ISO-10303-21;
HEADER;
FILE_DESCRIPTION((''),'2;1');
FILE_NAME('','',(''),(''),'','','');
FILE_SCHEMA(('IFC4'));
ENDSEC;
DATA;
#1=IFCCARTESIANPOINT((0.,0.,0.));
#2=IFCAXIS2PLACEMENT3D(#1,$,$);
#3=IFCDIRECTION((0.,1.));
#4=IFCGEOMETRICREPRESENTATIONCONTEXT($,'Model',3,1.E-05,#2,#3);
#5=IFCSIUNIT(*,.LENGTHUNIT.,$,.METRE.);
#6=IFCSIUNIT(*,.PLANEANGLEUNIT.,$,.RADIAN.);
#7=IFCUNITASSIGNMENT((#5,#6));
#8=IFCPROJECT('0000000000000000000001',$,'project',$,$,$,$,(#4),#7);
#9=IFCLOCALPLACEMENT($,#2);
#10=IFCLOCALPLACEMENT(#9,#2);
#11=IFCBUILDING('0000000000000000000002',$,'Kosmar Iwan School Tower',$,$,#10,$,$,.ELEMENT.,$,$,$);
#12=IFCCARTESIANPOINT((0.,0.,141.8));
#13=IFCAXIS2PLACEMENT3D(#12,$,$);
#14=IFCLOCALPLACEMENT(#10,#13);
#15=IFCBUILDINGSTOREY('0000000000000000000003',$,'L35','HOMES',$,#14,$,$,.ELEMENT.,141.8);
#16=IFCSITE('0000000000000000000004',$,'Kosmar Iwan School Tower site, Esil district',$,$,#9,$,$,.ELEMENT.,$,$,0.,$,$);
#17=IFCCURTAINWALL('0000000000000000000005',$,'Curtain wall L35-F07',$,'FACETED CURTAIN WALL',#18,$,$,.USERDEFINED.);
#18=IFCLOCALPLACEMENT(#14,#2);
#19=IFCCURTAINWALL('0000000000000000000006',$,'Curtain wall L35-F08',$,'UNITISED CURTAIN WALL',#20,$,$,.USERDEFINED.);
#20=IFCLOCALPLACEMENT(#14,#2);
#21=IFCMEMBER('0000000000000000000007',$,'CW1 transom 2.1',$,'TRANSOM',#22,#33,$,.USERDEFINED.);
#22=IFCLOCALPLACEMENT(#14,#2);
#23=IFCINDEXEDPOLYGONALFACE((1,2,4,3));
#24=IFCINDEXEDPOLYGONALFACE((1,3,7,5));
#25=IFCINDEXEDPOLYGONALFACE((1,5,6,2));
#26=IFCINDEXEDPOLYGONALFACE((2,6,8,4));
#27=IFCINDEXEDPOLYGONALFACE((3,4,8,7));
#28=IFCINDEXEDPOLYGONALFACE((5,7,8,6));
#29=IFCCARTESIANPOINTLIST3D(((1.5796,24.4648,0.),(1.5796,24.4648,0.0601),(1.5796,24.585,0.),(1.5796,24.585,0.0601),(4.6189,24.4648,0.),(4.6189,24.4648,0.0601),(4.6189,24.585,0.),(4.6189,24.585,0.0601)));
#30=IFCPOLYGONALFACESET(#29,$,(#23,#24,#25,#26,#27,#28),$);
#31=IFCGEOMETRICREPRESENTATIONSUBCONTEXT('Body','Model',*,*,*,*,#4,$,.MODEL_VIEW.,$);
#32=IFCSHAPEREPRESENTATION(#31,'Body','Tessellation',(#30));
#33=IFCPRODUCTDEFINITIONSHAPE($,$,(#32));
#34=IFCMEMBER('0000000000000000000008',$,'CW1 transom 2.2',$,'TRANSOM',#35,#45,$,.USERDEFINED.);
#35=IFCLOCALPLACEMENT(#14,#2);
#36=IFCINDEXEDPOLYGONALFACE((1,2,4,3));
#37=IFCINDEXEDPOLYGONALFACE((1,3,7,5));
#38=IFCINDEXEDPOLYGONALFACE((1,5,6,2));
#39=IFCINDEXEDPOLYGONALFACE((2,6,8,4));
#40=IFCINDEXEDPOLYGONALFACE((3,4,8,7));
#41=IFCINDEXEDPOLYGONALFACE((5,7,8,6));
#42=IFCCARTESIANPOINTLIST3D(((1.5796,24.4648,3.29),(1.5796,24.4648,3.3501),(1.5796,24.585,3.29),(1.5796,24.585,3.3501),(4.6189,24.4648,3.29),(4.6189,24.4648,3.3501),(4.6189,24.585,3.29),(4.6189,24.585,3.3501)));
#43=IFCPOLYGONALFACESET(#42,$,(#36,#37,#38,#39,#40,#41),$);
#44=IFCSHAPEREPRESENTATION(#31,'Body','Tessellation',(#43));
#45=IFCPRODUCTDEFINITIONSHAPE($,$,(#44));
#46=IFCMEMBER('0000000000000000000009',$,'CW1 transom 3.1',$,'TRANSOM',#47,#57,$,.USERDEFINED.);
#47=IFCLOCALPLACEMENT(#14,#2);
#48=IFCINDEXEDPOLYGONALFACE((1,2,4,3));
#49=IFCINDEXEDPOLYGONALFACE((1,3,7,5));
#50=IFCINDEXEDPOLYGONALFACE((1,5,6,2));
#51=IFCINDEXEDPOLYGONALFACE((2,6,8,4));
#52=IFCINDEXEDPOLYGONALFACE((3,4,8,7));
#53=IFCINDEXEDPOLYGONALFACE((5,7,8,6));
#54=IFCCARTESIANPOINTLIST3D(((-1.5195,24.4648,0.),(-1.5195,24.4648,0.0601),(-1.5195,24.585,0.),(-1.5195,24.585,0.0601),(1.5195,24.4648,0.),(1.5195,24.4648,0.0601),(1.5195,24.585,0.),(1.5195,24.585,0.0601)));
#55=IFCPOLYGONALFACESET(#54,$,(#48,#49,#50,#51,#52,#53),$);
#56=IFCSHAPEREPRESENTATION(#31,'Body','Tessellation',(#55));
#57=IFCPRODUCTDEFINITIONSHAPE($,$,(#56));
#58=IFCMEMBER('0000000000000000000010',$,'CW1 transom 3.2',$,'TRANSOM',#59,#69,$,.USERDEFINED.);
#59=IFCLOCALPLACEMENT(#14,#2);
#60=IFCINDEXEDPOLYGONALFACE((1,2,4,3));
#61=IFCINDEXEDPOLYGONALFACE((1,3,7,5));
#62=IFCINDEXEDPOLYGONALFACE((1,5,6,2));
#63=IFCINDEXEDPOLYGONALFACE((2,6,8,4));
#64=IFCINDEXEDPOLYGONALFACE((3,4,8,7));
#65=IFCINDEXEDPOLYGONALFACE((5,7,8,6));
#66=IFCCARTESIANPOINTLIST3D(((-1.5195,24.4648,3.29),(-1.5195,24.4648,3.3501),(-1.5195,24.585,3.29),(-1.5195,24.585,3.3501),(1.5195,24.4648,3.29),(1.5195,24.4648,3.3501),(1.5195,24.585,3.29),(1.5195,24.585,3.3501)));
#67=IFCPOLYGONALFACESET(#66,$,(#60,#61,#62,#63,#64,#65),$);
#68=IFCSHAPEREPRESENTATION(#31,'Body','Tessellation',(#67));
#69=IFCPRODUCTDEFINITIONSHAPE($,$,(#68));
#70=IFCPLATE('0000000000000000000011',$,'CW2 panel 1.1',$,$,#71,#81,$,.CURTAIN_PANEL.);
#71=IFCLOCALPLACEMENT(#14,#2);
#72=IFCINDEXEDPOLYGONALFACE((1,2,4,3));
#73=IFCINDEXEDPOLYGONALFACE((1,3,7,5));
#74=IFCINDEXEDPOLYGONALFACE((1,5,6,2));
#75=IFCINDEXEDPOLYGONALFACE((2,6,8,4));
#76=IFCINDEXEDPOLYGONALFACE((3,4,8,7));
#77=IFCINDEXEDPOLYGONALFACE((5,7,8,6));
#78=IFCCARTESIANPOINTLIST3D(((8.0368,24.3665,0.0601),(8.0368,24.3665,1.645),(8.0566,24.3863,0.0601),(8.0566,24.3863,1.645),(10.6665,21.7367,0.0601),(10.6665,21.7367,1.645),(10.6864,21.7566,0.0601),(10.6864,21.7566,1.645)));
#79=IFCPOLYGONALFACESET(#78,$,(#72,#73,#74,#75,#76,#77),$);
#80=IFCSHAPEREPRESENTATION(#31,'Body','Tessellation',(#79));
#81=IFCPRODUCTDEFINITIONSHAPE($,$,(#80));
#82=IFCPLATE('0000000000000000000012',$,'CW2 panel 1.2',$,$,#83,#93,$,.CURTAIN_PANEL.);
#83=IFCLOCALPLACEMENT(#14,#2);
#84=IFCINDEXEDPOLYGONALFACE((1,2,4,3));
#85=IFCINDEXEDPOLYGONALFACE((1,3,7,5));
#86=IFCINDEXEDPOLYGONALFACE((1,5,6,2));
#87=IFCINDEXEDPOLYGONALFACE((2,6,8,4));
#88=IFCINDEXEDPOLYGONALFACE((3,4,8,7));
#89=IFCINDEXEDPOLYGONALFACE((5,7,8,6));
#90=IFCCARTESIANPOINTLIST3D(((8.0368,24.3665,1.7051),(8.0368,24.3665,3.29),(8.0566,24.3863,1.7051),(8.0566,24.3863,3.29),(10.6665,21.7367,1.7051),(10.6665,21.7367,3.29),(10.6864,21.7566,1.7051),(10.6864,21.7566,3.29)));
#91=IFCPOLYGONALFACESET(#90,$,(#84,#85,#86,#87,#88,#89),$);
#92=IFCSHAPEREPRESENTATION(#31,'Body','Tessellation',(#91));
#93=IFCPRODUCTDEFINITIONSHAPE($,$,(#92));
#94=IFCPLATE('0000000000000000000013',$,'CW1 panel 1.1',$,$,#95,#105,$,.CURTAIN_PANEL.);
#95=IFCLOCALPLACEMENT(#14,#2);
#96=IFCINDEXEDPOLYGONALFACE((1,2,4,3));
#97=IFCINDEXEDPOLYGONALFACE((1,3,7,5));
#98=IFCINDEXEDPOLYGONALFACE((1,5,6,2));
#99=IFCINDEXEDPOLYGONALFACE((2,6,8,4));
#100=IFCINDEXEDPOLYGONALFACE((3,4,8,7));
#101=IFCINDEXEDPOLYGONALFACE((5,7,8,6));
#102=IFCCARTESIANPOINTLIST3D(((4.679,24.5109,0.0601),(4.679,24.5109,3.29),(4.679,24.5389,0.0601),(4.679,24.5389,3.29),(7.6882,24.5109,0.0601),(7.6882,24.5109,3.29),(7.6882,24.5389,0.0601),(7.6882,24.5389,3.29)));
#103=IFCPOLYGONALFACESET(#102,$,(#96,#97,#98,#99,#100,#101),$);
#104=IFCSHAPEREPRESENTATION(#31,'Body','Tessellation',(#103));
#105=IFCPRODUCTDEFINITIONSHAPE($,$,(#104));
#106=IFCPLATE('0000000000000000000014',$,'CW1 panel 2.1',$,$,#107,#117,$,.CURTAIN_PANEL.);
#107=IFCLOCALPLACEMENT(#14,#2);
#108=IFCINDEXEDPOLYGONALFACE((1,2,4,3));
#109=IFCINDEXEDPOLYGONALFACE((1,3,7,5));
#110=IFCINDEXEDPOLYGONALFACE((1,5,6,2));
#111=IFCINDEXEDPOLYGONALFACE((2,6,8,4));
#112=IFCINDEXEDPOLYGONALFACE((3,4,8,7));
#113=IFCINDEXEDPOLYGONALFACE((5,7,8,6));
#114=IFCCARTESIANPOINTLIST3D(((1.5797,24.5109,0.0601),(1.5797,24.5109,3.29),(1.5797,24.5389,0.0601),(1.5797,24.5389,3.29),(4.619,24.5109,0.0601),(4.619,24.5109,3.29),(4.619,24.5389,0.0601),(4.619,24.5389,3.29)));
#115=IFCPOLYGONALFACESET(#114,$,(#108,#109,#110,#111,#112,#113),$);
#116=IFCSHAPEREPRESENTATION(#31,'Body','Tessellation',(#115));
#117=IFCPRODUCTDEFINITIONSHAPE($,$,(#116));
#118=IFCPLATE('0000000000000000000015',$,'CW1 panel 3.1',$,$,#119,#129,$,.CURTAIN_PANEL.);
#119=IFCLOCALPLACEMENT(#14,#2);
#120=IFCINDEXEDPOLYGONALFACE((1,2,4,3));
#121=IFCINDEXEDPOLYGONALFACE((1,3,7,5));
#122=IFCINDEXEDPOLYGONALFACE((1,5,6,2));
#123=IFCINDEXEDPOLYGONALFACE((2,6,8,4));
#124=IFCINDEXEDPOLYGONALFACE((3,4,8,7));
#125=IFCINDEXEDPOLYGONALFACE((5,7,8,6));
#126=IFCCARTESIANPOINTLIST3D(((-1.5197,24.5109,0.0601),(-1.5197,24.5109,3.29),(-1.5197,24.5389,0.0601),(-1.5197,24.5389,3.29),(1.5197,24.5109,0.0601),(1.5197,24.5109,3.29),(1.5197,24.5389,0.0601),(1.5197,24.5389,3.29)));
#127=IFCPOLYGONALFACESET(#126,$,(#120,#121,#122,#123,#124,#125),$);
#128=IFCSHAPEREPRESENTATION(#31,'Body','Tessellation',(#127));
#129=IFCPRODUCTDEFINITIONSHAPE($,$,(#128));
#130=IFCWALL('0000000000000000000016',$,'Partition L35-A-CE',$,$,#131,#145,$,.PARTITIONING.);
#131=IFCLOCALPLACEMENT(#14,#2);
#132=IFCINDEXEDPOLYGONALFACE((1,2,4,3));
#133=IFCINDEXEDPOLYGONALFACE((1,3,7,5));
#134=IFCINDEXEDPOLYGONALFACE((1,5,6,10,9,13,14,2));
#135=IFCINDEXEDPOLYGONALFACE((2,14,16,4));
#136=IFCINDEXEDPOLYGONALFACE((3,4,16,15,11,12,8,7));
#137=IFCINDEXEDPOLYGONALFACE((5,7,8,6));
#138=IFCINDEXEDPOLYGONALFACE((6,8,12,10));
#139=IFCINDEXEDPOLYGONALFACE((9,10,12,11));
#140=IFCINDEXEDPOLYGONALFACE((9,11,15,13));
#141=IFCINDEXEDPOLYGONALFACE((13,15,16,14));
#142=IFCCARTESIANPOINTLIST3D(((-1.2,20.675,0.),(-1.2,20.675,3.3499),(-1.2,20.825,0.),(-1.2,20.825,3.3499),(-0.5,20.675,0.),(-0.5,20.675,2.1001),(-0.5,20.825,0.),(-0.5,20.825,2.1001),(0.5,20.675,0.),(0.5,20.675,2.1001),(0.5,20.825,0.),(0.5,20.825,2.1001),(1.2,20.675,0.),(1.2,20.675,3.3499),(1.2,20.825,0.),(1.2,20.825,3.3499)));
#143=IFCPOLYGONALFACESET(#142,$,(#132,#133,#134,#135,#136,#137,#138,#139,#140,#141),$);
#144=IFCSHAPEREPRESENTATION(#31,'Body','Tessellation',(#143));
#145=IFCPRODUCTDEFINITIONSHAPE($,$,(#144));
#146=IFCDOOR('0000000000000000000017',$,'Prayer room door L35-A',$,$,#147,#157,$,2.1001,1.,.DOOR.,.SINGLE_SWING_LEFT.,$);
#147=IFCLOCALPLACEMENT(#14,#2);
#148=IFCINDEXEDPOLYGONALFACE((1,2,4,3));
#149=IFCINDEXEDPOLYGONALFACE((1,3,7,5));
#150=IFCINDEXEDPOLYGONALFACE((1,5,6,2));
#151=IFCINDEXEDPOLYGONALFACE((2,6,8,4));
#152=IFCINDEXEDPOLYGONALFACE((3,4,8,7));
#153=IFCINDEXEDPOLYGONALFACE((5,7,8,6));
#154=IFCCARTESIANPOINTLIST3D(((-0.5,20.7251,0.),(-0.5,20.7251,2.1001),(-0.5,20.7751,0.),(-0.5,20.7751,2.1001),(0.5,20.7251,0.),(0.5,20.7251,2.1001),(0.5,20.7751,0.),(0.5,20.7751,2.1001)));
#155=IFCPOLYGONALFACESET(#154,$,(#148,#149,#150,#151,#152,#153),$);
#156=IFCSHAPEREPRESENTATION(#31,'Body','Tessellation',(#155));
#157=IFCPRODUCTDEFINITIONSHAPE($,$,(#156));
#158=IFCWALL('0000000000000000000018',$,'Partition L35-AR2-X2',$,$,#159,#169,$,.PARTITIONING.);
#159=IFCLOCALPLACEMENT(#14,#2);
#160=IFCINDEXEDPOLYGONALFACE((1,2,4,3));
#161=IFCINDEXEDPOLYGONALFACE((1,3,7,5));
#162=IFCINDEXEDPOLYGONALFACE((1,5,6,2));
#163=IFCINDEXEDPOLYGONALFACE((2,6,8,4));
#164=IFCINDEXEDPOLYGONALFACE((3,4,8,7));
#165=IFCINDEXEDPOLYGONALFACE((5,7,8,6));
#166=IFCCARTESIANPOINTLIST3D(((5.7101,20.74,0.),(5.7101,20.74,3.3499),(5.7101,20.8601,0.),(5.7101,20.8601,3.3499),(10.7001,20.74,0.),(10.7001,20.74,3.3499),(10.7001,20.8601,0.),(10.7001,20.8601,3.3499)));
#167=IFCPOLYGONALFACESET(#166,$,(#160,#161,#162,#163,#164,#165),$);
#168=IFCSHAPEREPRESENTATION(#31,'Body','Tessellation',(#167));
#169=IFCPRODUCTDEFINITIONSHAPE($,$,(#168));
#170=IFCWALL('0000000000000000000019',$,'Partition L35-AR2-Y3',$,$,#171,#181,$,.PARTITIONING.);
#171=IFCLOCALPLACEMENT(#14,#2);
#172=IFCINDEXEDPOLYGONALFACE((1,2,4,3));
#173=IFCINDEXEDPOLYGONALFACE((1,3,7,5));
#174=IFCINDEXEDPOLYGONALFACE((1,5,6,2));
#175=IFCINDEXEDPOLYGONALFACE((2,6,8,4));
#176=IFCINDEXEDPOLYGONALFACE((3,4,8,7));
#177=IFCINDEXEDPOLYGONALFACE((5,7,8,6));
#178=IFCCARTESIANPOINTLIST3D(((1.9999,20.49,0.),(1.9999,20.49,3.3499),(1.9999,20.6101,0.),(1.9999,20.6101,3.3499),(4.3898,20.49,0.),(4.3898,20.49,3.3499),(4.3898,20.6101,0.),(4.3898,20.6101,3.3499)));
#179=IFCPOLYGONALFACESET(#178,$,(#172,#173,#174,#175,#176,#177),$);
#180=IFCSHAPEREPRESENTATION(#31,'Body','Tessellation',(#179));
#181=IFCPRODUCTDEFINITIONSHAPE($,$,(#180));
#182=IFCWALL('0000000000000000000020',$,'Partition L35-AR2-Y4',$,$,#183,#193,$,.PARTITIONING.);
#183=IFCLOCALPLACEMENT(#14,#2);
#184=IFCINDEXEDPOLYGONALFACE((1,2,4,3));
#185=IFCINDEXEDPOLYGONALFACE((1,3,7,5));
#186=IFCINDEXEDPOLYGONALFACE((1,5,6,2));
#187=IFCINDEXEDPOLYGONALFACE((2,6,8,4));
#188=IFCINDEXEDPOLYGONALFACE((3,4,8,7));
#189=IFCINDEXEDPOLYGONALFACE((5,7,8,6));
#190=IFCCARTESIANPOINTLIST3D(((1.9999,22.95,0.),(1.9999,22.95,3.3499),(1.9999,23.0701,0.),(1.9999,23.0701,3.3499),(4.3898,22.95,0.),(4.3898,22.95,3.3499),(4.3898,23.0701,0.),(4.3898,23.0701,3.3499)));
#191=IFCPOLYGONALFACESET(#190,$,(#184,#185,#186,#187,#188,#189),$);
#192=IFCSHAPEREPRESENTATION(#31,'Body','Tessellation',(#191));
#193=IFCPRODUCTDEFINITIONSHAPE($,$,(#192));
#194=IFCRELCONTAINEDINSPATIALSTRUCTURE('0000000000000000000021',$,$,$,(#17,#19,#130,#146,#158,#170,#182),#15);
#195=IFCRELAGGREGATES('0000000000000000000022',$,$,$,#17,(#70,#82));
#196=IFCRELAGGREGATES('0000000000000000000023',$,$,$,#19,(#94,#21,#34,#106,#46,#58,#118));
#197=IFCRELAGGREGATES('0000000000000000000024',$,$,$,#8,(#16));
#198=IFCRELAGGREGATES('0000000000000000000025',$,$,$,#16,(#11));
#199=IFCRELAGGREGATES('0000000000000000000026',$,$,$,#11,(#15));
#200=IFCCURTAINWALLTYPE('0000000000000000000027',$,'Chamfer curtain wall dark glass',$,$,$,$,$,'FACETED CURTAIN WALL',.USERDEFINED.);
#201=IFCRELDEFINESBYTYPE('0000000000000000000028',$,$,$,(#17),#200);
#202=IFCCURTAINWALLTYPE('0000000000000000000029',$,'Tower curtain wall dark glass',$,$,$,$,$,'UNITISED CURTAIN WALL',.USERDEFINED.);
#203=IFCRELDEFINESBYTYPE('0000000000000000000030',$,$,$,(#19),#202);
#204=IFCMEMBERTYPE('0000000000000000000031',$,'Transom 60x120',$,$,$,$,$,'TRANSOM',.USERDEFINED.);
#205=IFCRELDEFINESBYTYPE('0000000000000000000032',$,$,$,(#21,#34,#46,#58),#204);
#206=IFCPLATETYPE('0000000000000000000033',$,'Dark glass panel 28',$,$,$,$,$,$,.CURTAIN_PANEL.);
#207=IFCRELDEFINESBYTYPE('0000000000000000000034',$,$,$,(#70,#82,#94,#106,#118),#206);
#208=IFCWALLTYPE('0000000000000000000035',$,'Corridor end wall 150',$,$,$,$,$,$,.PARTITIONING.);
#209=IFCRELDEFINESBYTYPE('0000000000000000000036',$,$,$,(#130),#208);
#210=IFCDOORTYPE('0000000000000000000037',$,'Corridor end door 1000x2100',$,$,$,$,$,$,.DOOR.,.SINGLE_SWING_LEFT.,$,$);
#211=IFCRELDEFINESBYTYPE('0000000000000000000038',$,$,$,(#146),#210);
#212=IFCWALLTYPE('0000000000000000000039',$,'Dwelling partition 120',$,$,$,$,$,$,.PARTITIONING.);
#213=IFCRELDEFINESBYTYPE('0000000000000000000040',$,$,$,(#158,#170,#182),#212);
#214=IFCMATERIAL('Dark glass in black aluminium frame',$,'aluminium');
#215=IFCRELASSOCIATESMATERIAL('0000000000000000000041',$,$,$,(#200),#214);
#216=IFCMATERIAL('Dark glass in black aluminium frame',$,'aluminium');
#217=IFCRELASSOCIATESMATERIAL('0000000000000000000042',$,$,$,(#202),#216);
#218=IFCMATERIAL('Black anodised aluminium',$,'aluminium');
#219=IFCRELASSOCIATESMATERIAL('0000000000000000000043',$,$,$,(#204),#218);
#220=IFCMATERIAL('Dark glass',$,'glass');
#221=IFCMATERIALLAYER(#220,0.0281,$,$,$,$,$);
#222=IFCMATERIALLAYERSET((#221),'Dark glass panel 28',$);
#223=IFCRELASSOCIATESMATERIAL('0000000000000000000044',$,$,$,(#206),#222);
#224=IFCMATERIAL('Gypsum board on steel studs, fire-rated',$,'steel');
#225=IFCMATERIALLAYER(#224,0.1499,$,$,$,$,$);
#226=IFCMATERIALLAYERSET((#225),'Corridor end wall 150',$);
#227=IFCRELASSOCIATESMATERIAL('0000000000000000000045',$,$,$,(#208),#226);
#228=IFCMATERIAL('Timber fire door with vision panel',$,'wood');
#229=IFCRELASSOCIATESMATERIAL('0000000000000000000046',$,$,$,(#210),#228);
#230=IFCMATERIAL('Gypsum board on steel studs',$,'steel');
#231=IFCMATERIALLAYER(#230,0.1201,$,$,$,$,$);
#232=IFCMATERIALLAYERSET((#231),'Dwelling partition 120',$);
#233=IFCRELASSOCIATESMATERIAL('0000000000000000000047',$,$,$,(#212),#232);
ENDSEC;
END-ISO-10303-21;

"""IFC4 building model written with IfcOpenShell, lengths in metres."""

from ifc_helpers import new_model, si_unit, direction, frame, frame_2d, origin, origin_2d, place, context, subcontext, project, spatial, rectangle, extrude, material, layer, layer_set, material_profile, profile_set, type_object, element, fill, aggregate, save


model = new_model("IFC4")

# Units and contexts
model_context = context("Model", 3, precision=1e-05, world=origin(), true_north=direction((0.0, 1.0)))
body_context = subcontext(model_context, "Body", "Model", "MODEL_VIEW")
ifc_project = project(units=[si_unit("LENGTHUNIT", "METRE"), si_unit("PLANEANGLEUNIT", "RADIAN")], contexts=[model_context])

# Site, building, storey
site_placement = place(None, origin())
site = spatial("IfcSite", under=ifc_project, at=site_placement, Name="Kosmar Iwan School Tower site, Esil district", CompositionType="ELEMENT", RefElevation=0.0)
building_placement = place(site_placement, origin())
building = spatial("IfcBuilding", under=site, at=building_placement, Name="Kosmar Iwan School Tower", CompositionType="ELEMENT")
storey_placement = place(building_placement, frame((0.0, 0.0, 141.8)))
storey = spatial("IfcBuildingStorey", under=building, at=storey_placement, Name="L35", Description="HOMES", CompositionType="ELEMENT", Elevation=141.8)

# Curtain walls
ifc_material_1 = material(Name="Dark glass in black aluminium frame", Category="aluminium")
curtain_wall_type_1 = type_object("IfcCurtainWallType", Name="Chamfer curtain wall dark glass", ElementType="FACETED CURTAIN WALL", PredefinedType="USERDEFINED", material=ifc_material_1)
curtain_wall_1_placement = place(storey_placement, origin())
curtain_wall_1 = element("IfcCurtainWall", 1, at=curtain_wall_1_placement, inside=storey, type_object=curtain_wall_type_1, Name="Curtain wall L35-F07", ObjectType="FACETED CURTAIN WALL", PredefinedType="USERDEFINED")
ifc_material_2 = material(Name="Dark glass in black aluminium frame", Category="aluminium")
curtain_wall_type_2 = type_object("IfcCurtainWallType", Name="Tower curtain wall dark glass", ElementType="UNITISED CURTAIN WALL", PredefinedType="USERDEFINED", material=ifc_material_2)
curtain_wall_2_placement = place(storey_placement, origin())
curtain_wall_2 = element("IfcCurtainWall", 2, at=curtain_wall_2_placement, inside=storey, type_object=curtain_wall_type_2, Name="Curtain wall L35-F08", ObjectType="UNITISED CURTAIN WALL", PredefinedType="USERDEFINED")

# Members
ifc_material_3 = material(Name="Black anodised aluminium", Category="aluminium")
ifc_material_profile_1 = material_profile(ifc_material_3, rectangle(XDim=0.1201, YDim=0.0601, at=origin_2d()), Name="TRANSOM 60x120")
ifc_profile_set_1 = profile_set([ifc_material_profile_1], Name="Black anodised aluminium")
member_type_1 = type_object("IfcMemberType", Name="Transom 60x120", ElementType="TRANSOM", PredefinedType="USERDEFINED", material=ifc_profile_set_1)
member_1_placement = place(storey_placement, frame((4.6189, 24.5249, 0.03), z_axis=(-1.0, 0.0, 0.0), x_axis=(0.0, -1.0, 0.0)))
member_1 = element("IfcMember", 3, at=member_1_placement, type_object=member_type_1, Name="CW1 transom 2.1", ObjectType="TRANSOM", PredefinedType="USERDEFINED", context=body_context, shape_type="SweptSolid", body=[
    extrude(rectangle(XDim=0.1201, YDim=0.0601, at=origin_2d()), origin(), (0.0, 0.0, 1.0), 3.0393),
])
member_2_placement = place(storey_placement, frame((4.6189, 24.5249, 3.3201), z_axis=(-1.0, 0.0, 0.0), x_axis=(0.0, -1.0, 0.0)))
member_2 = element("IfcMember", 4, at=member_2_placement, type_object=member_type_1, Name="CW1 transom 2.2", ObjectType="TRANSOM", PredefinedType="USERDEFINED", context=body_context, shape_type="SweptSolid", body=[
    extrude(rectangle(XDim=0.1201, YDim=0.0601, at=origin_2d()), origin(), (0.0, 0.0, 1.0), 3.0393),
])
member_3_placement = place(storey_placement, frame((1.5195, 24.5249, 0.03), z_axis=(-1.0, 0.0, 0.0), x_axis=(0.0, -1.0, 0.0)))
member_3 = element("IfcMember", 5, at=member_3_placement, type_object=member_type_1, Name="CW1 transom 3.1", ObjectType="TRANSOM", PredefinedType="USERDEFINED", context=body_context, shape_type="SweptSolid", body=[
    extrude(rectangle(XDim=0.1201, YDim=0.0601, at=origin_2d()), origin(), (0.0, 0.0, 1.0), 3.0391),
])
member_4_placement = place(storey_placement, frame((1.5195, 24.5249, 3.3201), z_axis=(-1.0, 0.0, 0.0), x_axis=(0.0, -1.0, 0.0)))
member_4 = element("IfcMember", 6, at=member_4_placement, type_object=member_type_1, Name="CW1 transom 3.2", ObjectType="TRANSOM", PredefinedType="USERDEFINED", context=body_context, shape_type="SweptSolid", body=[
    extrude(rectangle(XDim=0.1201, YDim=0.0601, at=origin_2d()), origin(), (0.0, 0.0, 1.0), 3.0391),
])

# Plates
ifc_material_4 = material(Name="Dark glass", Category="glass")
ifc_layer_1 = layer(ifc_material_4, 0.0281)
ifc_layer_set_1 = layer_set([ifc_layer_1], Name="Dark glass panel 28")
plate_type = type_object("IfcPlateType", Name="Dark glass panel 28", PredefinedType="CURTAIN_PANEL", material=ifc_layer_set_1)
plate_1_placement = place(storey_placement, frame((9.3616, 23.0615, 0.0601), z_axis=(0.0, 0.0, 1.0), x_axis=(-0.707107, 0.707107, 0.0)))
plate_1 = element("IfcPlate", 7, at=plate_1_placement, type_object=plate_type, Name="CW2 panel 1.1", PredefinedType="CURTAIN_PANEL", context=body_context, shape_type="SweptSolid", body=[
    extrude(rectangle(XDim=3.719, YDim=0.0281, at=origin_2d()), origin(), (0.0, 0.0, 1.0), 1.585),
])
plate_2_placement = place(storey_placement, frame((9.3616, 23.0615, 1.7051), z_axis=(0.0, 0.0, 1.0), x_axis=(-0.707107, 0.707107, 0.0)))
plate_2 = element("IfcPlate", 8, at=plate_2_placement, type_object=plate_type, Name="CW2 panel 1.2", PredefinedType="CURTAIN_PANEL", context=body_context, shape_type="SweptSolid", body=[
    extrude(rectangle(XDim=3.719, YDim=0.0281, at=origin_2d()), origin(), (0.0, 0.0, 1.0), 1.585),
])
aggregate(curtain_wall_1, [plate_1, plate_2])
plate_3_placement = place(storey_placement, frame((6.1836, 24.5249, 0.0601), z_axis=(0.0, 0.0, 1.0), x_axis=(-1.0, 0.0, 0.0)))
plate_3 = element("IfcPlate", 9, at=plate_3_placement, type_object=plate_type, Name="CW1 panel 1.1", PredefinedType="CURTAIN_PANEL", context=body_context, shape_type="SweptSolid", body=[
    extrude(rectangle(XDim=3.0093, YDim=0.0281, at=origin_2d()), origin(), (0.0, 0.0, 1.0), 3.23),
])
plate_4_placement = place(storey_placement, frame((3.0994, 24.5249, 0.0601), z_axis=(0.0, 0.0, 1.0), x_axis=(-1.0, 0.0, 0.0)))
plate_4 = element("IfcPlate", 10, at=plate_4_placement, type_object=plate_type, Name="CW1 panel 2.1", PredefinedType="CURTAIN_PANEL", context=body_context, shape_type="SweptSolid", body=[
    extrude(rectangle(XDim=3.0393, YDim=0.0281, at=origin_2d()), origin(), (0.0, 0.0, 1.0), 3.23),
])
plate_5_placement = place(storey_placement, frame((0.0, 24.5249, 0.0601), z_axis=(0.0, 0.0, 1.0), x_axis=(-1.0, 0.0, 0.0)))
plate_5 = element("IfcPlate", 11, at=plate_5_placement, type_object=plate_type, Name="CW1 panel 3.1", PredefinedType="CURTAIN_PANEL", context=body_context, shape_type="SweptSolid", body=[
    extrude(rectangle(XDim=3.0393, YDim=0.0281, at=origin_2d()), origin(), (0.0, 0.0, 1.0), 3.23),
])
aggregate(curtain_wall_2, [plate_3, member_1, member_2, plate_4, member_3, member_4, plate_5])

# Wall, opening, door
ifc_material_5 = material(Name="Gypsum board on steel studs, fire-rated", Category="steel")
ifc_layer_2 = layer(ifc_material_5, 0.1499)
ifc_layer_set_2 = layer_set([ifc_layer_2], Name="Corridor end wall 150")
wall_type_1 = type_object("IfcWallType", Name="Corridor end wall 150", PredefinedType="PARTITIONING", material=ifc_layer_set_2)
wall_1_placement = place(storey_placement, frame((1.2, 20.75, 0.0), z_axis=(0.0, 0.0, 1.0), x_axis=(-1.0, 0.0, 0.0)))
wall_1 = element("IfcWall", 12, at=wall_1_placement, inside=storey, type_object=wall_type_1, Name="Partition L35-A-CE", PredefinedType="PARTITIONING", context=body_context, shape_type="SweptSolid", body=[
    extrude(rectangle(XDim=2.3999, YDim=0.1499, at=frame_2d((1.2, 0.0))), origin(), (0.0, 0.0, 1.0), 3.3499),
])
opening_placement = place(wall_1_placement, frame((0.7, 0.0, 0.0)))
opening = element("IfcOpeningElement", 13, at=opening_placement, cuts=wall_1, PredefinedType="OPENING", context=body_context, shape_type="SweptSolid", body=[
    extrude(rectangle(XDim=1.0, YDim=2.1001, at=frame_2d((0.5, 1.05))), frame((0.0, 0.0869, 0.0), z_axis=(0.0, -1.0, 0.0), x_axis=(1.0, 0.0, 0.0)), (0.0, 0.0, 1.0), 0.1738),
])
ifc_material_6 = material(Name="Timber fire door with vision panel", Category="wood")
door_type = type_object("IfcDoorType", Name="Corridor end door 1000x2100", OperationType="SINGLE_SWING_LEFT", PredefinedType="DOOR", material=ifc_material_6)
door_placement = place(opening_placement, origin())
door = element("IfcDoor", 14, at=door_placement, inside=storey, type_object=door_type, Name="Prayer room door L35-A", OperationType="SINGLE_SWING_LEFT", OverallHeight=2.1001, OverallWidth=1.0, PredefinedType="DOOR", context=body_context, shape_type="SweptSolid", body=[
    extrude(rectangle(XDim=1.0, YDim=2.1001, at=frame_2d((0.5, 1.05))), frame((0.0, 0.0249, 0.0), z_axis=(0.0, -1.0, 0.0), x_axis=(1.0, 0.0, 0.0)), (0.0, 0.0, 1.0), 0.05),
])
fill(opening, door)

# Walls
ifc_material_7 = material(Name="Gypsum board on steel studs", Category="steel")
ifc_layer_3 = layer(ifc_material_7, 0.1201)
ifc_layer_set_3 = layer_set([ifc_layer_3], Name="Dwelling partition 120")
wall_type_2 = type_object("IfcWallType", Name="Dwelling partition 120", PredefinedType="PARTITIONING", material=ifc_layer_set_3)
wall_2_placement = place(storey_placement, frame((5.71, 20.8, 0.0), z_axis=(0.0, 0.0, 1.0), x_axis=(1.0, 0.0, 0.0)))
element("IfcWall", 15, at=wall_2_placement, inside=storey, type_object=wall_type_2, Name="Partition L35-AR2-X2", PredefinedType="PARTITIONING", context=body_context, shape_type="SweptSolid", body=[
    extrude(rectangle(XDim=4.99, YDim=0.1201, at=frame_2d((2.4951, 0.0))), origin(), (0.0, 0.0, 1.0), 3.3499),
])
for number, where, z_axis, x_axis, name in (
    (16, (2.0, 20.55, 0.0), (0.0, 0.0, 1.0), (1.0, 0.0, 0.0), "Partition L35-AR2-Y3"),
    (17, (2.0, 23.01, 0.0), (0.0, 0.0, 1.0), (1.0, 0.0, 0.0), "Partition L35-AR2-Y4"),
):
    element("IfcWall", number, at=place(storey_placement, frame(where, z_axis=z_axis, x_axis=x_axis)), inside=storey, type_object=wall_type_2, Name=name, PredefinedType="PARTITIONING", context=body_context, shape_type="SweptSolid", body=[
        extrude(rectangle(XDim=2.3899, YDim=0.1201, at=frame_2d((1.1948, 0.0))), origin(), (0.0, 0.0, 1.0), 3.3499),
    ])

save(model, "model.ifc")
